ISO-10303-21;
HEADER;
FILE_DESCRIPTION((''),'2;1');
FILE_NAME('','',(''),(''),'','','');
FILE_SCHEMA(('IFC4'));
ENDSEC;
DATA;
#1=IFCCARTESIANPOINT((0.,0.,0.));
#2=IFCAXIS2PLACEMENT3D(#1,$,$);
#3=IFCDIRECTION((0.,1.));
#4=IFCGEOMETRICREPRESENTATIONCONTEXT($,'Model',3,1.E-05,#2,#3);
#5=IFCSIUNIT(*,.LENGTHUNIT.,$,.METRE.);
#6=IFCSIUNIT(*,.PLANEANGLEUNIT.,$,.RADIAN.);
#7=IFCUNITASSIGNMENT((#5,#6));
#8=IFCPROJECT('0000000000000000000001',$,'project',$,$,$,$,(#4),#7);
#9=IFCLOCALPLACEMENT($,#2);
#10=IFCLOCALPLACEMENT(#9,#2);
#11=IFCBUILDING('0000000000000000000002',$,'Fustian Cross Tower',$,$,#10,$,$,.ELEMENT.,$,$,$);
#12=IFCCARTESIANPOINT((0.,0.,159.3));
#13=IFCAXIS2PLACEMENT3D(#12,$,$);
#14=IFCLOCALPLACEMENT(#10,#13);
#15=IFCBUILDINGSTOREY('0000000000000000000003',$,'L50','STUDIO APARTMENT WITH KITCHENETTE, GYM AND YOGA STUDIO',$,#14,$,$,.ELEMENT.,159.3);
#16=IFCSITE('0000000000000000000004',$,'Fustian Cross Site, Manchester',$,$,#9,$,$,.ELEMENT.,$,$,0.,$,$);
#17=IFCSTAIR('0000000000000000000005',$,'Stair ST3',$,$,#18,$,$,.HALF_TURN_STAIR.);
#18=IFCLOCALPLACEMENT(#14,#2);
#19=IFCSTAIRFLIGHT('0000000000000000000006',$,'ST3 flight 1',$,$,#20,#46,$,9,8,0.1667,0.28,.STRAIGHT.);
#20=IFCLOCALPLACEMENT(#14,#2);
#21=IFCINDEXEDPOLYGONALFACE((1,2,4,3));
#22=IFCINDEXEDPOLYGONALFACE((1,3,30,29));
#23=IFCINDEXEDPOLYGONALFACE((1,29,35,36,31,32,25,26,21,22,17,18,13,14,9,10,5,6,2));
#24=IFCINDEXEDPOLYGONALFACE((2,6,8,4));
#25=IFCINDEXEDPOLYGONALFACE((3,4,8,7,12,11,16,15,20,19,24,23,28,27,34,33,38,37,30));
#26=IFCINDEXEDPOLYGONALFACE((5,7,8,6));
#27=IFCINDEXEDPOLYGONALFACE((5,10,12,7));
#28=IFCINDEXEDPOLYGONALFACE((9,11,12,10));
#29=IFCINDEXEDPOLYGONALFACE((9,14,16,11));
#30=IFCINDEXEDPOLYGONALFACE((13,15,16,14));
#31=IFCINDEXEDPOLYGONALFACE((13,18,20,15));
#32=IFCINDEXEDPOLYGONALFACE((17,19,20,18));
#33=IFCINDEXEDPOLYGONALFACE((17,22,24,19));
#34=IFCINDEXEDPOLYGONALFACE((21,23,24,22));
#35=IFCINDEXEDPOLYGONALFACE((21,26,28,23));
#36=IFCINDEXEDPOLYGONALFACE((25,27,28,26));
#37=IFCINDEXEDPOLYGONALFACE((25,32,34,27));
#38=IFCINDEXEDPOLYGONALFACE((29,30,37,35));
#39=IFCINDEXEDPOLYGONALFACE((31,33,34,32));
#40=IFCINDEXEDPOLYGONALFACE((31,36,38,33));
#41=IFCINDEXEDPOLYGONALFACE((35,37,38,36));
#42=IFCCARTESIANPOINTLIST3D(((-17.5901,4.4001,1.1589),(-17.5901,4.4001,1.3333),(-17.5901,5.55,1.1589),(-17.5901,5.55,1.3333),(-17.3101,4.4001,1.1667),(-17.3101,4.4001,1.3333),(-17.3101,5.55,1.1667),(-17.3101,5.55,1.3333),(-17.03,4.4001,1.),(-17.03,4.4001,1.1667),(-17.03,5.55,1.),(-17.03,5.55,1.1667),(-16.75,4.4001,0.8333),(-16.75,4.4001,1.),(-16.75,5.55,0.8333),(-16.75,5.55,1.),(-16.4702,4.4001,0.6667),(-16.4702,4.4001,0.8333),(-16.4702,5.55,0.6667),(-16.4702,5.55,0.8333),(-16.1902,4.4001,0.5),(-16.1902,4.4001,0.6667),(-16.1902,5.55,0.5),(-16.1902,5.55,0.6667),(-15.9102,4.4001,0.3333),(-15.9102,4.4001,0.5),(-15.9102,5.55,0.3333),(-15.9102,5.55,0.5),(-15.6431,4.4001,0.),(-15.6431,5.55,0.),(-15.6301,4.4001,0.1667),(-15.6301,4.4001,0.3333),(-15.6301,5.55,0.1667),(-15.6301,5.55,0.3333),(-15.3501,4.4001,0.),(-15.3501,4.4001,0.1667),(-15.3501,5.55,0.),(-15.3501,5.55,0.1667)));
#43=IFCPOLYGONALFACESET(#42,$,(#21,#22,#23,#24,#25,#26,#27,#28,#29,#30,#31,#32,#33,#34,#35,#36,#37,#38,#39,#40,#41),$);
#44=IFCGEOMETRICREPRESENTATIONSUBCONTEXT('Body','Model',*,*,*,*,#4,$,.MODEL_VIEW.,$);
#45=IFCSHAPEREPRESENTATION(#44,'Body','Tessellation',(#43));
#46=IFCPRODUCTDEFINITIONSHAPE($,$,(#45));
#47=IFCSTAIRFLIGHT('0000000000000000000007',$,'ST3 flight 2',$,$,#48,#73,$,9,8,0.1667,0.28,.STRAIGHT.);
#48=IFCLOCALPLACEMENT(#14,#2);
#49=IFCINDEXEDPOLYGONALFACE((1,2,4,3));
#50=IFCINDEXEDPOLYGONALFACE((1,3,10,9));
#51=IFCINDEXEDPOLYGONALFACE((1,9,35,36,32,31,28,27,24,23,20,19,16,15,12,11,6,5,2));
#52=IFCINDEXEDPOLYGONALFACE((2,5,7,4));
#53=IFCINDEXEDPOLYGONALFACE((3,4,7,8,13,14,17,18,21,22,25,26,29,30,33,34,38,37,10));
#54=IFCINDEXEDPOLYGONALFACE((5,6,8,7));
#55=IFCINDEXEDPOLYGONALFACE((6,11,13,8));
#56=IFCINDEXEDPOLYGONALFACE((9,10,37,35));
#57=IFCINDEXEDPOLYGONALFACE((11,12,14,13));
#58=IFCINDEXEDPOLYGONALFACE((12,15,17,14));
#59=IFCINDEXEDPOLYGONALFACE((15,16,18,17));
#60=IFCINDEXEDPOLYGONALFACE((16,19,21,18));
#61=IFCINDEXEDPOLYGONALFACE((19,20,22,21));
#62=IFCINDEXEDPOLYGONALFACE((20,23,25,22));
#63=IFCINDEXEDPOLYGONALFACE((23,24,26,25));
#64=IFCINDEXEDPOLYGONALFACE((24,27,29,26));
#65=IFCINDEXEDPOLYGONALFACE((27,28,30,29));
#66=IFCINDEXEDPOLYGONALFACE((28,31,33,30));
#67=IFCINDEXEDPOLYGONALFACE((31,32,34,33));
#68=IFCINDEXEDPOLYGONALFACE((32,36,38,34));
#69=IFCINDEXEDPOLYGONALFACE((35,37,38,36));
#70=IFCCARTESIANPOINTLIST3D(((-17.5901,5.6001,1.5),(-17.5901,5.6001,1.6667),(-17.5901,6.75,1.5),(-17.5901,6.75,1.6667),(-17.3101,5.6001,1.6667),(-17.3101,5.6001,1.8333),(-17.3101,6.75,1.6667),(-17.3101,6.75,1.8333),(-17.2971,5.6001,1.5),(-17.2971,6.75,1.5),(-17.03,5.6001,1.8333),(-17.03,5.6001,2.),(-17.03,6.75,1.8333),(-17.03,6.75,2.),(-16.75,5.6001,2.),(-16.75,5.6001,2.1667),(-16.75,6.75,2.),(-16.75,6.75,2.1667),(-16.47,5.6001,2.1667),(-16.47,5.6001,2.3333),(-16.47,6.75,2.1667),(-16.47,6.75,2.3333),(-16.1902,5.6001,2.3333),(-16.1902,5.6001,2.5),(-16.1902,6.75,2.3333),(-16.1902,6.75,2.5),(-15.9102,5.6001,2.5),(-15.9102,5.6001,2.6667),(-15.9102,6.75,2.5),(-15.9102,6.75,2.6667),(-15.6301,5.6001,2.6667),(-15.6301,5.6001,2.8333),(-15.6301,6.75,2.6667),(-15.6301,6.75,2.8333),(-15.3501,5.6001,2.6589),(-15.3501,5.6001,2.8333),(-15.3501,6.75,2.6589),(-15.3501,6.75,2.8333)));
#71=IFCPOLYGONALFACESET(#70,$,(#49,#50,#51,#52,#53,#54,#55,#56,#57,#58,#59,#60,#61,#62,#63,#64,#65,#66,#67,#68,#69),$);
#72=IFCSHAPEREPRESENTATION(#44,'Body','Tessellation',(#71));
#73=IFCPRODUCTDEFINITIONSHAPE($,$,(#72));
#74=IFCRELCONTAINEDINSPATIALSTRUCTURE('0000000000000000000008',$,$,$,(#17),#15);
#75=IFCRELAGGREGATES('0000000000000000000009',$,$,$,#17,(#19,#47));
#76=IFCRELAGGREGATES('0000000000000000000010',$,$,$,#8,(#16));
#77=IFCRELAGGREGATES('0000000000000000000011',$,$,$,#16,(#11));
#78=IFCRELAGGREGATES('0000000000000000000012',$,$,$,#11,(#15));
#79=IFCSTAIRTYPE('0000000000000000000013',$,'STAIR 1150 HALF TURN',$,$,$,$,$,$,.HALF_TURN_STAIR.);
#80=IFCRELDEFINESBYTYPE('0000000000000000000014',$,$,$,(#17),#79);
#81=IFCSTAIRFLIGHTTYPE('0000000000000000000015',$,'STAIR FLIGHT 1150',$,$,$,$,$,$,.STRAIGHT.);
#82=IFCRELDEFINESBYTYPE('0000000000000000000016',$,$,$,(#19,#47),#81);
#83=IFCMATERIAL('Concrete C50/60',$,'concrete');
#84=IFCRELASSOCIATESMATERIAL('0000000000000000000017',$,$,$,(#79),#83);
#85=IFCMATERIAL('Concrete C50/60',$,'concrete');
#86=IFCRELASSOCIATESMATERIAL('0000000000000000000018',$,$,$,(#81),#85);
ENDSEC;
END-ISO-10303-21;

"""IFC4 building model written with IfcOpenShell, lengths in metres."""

from ifc_helpers import new_model, si_unit, direction, frame, origin, place, context, subcontext, project, spatial, polyline, outline, extrude, material, type_object, element, aggregate, save


model = new_model("IFC4")

# Units and contexts
model_context = context("Model", 3, precision=1e-05, world=origin(), true_north=direction((0.0, 1.0)))
body_context = subcontext(model_context, "Body", "Model", "MODEL_VIEW")
ifc_project = project(units=[si_unit("LENGTHUNIT", "METRE"), si_unit("PLANEANGLEUNIT", "RADIAN")], contexts=[model_context])

# Site, building, storey
site_placement = place(None, origin())
site = spatial("IfcSite", under=ifc_project, at=site_placement, Name="Fustian Cross Site, Manchester", CompositionType="ELEMENT", RefElevation=0.0)
building_placement = place(site_placement, origin())
building = spatial("IfcBuilding", under=site, at=building_placement, Name="Fustian Cross Tower", CompositionType="ELEMENT")
storey_placement = place(building_placement, frame((0.0, 0.0, 159.3)))
storey = spatial("IfcBuildingStorey", under=building, at=storey_placement, Name="L50", Description="STUDIO APARTMENT WITH KITCHENETTE, GYM AND YOGA STUDIO", CompositionType="ELEMENT", Elevation=159.3)

# Stair, stair flights
ifc_material_1 = material(Name="Concrete C50/60", Category="concrete")
stair_type = type_object("IfcStairType", Name="STAIR 1150 HALF TURN", PredefinedType="HALF_TURN_STAIR", material=ifc_material_1)
stair_placement = place(storey_placement, origin())
stair = element("IfcStair", 1, at=stair_placement, inside=storey, type_object=stair_type, Name="Stair ST3", PredefinedType="HALF_TURN_STAIR")
ifc_material_2 = material(Name="Concrete C50/60", Category="concrete")
stair_flight_type = type_object("IfcStairFlightType", Name="STAIR FLIGHT 1150", PredefinedType="STRAIGHT", material=ifc_material_2)
stair_flight_1_placement = place(storey_placement, frame((-15.3501, 4.9751, 0.0), z_axis=(0.0, 0.0, 1.0), x_axis=(-1.0, 0.0, 0.0)))
stair_flight_1 = element("IfcStairFlight", 2, at=stair_flight_1_placement, type_object=stair_flight_type, Name="ST3 flight 1", NumberOfRisers=9, NumberOfTreads=8, PredefinedType="STRAIGHT", RiserHeight=0.1667, TreadLength=0.28, context=body_context, shape_type="SweptSolid", body=[
    extrude(outline(polyline([(0.0, 0.0), (0.0, 0.1667), (0.28, 0.1667), (0.28, 0.3333), (0.5601, 0.3333), (0.5601, 0.5), (0.8401, 0.5), (0.8401, 0.6667), (1.1201, 0.6667), (1.1201, 0.8333), (1.3999, 0.8333), (1.3999, 1.0), (1.6799, 1.0), (1.6799, 1.1667), (1.96, 1.1667), (1.96, 1.3333), (2.24, 1.3333), (2.24, 1.5), (2.24, 1.1589), (0.293, 0.0), (0.0, 0.0)])), frame((0.0, 0.575, 0.0), z_axis=(0.0, -1.0, 0.0), x_axis=(1.0, 0.0, 0.0)), (0.0, 0.0, 1.0), 1.1499),
])
stair_flight_2_placement = place(storey_placement, frame((-17.5901, 6.175, 1.5), z_axis=(0.0, 0.0, 1.0), x_axis=(1.0, 0.0, 0.0)))
stair_flight_2 = element("IfcStairFlight", 3, at=stair_flight_2_placement, type_object=stair_flight_type, Name="ST3 flight 2", NumberOfRisers=9, NumberOfTreads=8, PredefinedType="STRAIGHT", RiserHeight=0.1667, TreadLength=0.28, context=body_context, shape_type="SweptSolid", body=[
    extrude(outline(polyline([(0.0, 0.0), (0.0, 0.1667), (0.28, 0.1667), (0.28, 0.3333), (0.5601, 0.3333), (0.5601, 0.5), (0.8401, 0.5), (0.8401, 0.6667), (1.1201, 0.6667), (1.1201, 0.8333), (1.3999, 0.8333), (1.3999, 1.0), (1.6799, 1.0), (1.6799, 1.1667), (1.96, 1.1667), (1.96, 1.3333), (2.24, 1.3333), (2.24, 1.5), (2.24, 1.1589), (0.293, 0.0), (0.0, 0.0)])), frame((0.0, 0.575, 0.0), z_axis=(0.0, -1.0, 0.0), x_axis=(1.0, 0.0, 0.0)), (0.0, 0.0, 1.0), 1.1499),
])
aggregate(stair, [stair_flight_1, stair_flight_2])

save(model, "model.ifc")
